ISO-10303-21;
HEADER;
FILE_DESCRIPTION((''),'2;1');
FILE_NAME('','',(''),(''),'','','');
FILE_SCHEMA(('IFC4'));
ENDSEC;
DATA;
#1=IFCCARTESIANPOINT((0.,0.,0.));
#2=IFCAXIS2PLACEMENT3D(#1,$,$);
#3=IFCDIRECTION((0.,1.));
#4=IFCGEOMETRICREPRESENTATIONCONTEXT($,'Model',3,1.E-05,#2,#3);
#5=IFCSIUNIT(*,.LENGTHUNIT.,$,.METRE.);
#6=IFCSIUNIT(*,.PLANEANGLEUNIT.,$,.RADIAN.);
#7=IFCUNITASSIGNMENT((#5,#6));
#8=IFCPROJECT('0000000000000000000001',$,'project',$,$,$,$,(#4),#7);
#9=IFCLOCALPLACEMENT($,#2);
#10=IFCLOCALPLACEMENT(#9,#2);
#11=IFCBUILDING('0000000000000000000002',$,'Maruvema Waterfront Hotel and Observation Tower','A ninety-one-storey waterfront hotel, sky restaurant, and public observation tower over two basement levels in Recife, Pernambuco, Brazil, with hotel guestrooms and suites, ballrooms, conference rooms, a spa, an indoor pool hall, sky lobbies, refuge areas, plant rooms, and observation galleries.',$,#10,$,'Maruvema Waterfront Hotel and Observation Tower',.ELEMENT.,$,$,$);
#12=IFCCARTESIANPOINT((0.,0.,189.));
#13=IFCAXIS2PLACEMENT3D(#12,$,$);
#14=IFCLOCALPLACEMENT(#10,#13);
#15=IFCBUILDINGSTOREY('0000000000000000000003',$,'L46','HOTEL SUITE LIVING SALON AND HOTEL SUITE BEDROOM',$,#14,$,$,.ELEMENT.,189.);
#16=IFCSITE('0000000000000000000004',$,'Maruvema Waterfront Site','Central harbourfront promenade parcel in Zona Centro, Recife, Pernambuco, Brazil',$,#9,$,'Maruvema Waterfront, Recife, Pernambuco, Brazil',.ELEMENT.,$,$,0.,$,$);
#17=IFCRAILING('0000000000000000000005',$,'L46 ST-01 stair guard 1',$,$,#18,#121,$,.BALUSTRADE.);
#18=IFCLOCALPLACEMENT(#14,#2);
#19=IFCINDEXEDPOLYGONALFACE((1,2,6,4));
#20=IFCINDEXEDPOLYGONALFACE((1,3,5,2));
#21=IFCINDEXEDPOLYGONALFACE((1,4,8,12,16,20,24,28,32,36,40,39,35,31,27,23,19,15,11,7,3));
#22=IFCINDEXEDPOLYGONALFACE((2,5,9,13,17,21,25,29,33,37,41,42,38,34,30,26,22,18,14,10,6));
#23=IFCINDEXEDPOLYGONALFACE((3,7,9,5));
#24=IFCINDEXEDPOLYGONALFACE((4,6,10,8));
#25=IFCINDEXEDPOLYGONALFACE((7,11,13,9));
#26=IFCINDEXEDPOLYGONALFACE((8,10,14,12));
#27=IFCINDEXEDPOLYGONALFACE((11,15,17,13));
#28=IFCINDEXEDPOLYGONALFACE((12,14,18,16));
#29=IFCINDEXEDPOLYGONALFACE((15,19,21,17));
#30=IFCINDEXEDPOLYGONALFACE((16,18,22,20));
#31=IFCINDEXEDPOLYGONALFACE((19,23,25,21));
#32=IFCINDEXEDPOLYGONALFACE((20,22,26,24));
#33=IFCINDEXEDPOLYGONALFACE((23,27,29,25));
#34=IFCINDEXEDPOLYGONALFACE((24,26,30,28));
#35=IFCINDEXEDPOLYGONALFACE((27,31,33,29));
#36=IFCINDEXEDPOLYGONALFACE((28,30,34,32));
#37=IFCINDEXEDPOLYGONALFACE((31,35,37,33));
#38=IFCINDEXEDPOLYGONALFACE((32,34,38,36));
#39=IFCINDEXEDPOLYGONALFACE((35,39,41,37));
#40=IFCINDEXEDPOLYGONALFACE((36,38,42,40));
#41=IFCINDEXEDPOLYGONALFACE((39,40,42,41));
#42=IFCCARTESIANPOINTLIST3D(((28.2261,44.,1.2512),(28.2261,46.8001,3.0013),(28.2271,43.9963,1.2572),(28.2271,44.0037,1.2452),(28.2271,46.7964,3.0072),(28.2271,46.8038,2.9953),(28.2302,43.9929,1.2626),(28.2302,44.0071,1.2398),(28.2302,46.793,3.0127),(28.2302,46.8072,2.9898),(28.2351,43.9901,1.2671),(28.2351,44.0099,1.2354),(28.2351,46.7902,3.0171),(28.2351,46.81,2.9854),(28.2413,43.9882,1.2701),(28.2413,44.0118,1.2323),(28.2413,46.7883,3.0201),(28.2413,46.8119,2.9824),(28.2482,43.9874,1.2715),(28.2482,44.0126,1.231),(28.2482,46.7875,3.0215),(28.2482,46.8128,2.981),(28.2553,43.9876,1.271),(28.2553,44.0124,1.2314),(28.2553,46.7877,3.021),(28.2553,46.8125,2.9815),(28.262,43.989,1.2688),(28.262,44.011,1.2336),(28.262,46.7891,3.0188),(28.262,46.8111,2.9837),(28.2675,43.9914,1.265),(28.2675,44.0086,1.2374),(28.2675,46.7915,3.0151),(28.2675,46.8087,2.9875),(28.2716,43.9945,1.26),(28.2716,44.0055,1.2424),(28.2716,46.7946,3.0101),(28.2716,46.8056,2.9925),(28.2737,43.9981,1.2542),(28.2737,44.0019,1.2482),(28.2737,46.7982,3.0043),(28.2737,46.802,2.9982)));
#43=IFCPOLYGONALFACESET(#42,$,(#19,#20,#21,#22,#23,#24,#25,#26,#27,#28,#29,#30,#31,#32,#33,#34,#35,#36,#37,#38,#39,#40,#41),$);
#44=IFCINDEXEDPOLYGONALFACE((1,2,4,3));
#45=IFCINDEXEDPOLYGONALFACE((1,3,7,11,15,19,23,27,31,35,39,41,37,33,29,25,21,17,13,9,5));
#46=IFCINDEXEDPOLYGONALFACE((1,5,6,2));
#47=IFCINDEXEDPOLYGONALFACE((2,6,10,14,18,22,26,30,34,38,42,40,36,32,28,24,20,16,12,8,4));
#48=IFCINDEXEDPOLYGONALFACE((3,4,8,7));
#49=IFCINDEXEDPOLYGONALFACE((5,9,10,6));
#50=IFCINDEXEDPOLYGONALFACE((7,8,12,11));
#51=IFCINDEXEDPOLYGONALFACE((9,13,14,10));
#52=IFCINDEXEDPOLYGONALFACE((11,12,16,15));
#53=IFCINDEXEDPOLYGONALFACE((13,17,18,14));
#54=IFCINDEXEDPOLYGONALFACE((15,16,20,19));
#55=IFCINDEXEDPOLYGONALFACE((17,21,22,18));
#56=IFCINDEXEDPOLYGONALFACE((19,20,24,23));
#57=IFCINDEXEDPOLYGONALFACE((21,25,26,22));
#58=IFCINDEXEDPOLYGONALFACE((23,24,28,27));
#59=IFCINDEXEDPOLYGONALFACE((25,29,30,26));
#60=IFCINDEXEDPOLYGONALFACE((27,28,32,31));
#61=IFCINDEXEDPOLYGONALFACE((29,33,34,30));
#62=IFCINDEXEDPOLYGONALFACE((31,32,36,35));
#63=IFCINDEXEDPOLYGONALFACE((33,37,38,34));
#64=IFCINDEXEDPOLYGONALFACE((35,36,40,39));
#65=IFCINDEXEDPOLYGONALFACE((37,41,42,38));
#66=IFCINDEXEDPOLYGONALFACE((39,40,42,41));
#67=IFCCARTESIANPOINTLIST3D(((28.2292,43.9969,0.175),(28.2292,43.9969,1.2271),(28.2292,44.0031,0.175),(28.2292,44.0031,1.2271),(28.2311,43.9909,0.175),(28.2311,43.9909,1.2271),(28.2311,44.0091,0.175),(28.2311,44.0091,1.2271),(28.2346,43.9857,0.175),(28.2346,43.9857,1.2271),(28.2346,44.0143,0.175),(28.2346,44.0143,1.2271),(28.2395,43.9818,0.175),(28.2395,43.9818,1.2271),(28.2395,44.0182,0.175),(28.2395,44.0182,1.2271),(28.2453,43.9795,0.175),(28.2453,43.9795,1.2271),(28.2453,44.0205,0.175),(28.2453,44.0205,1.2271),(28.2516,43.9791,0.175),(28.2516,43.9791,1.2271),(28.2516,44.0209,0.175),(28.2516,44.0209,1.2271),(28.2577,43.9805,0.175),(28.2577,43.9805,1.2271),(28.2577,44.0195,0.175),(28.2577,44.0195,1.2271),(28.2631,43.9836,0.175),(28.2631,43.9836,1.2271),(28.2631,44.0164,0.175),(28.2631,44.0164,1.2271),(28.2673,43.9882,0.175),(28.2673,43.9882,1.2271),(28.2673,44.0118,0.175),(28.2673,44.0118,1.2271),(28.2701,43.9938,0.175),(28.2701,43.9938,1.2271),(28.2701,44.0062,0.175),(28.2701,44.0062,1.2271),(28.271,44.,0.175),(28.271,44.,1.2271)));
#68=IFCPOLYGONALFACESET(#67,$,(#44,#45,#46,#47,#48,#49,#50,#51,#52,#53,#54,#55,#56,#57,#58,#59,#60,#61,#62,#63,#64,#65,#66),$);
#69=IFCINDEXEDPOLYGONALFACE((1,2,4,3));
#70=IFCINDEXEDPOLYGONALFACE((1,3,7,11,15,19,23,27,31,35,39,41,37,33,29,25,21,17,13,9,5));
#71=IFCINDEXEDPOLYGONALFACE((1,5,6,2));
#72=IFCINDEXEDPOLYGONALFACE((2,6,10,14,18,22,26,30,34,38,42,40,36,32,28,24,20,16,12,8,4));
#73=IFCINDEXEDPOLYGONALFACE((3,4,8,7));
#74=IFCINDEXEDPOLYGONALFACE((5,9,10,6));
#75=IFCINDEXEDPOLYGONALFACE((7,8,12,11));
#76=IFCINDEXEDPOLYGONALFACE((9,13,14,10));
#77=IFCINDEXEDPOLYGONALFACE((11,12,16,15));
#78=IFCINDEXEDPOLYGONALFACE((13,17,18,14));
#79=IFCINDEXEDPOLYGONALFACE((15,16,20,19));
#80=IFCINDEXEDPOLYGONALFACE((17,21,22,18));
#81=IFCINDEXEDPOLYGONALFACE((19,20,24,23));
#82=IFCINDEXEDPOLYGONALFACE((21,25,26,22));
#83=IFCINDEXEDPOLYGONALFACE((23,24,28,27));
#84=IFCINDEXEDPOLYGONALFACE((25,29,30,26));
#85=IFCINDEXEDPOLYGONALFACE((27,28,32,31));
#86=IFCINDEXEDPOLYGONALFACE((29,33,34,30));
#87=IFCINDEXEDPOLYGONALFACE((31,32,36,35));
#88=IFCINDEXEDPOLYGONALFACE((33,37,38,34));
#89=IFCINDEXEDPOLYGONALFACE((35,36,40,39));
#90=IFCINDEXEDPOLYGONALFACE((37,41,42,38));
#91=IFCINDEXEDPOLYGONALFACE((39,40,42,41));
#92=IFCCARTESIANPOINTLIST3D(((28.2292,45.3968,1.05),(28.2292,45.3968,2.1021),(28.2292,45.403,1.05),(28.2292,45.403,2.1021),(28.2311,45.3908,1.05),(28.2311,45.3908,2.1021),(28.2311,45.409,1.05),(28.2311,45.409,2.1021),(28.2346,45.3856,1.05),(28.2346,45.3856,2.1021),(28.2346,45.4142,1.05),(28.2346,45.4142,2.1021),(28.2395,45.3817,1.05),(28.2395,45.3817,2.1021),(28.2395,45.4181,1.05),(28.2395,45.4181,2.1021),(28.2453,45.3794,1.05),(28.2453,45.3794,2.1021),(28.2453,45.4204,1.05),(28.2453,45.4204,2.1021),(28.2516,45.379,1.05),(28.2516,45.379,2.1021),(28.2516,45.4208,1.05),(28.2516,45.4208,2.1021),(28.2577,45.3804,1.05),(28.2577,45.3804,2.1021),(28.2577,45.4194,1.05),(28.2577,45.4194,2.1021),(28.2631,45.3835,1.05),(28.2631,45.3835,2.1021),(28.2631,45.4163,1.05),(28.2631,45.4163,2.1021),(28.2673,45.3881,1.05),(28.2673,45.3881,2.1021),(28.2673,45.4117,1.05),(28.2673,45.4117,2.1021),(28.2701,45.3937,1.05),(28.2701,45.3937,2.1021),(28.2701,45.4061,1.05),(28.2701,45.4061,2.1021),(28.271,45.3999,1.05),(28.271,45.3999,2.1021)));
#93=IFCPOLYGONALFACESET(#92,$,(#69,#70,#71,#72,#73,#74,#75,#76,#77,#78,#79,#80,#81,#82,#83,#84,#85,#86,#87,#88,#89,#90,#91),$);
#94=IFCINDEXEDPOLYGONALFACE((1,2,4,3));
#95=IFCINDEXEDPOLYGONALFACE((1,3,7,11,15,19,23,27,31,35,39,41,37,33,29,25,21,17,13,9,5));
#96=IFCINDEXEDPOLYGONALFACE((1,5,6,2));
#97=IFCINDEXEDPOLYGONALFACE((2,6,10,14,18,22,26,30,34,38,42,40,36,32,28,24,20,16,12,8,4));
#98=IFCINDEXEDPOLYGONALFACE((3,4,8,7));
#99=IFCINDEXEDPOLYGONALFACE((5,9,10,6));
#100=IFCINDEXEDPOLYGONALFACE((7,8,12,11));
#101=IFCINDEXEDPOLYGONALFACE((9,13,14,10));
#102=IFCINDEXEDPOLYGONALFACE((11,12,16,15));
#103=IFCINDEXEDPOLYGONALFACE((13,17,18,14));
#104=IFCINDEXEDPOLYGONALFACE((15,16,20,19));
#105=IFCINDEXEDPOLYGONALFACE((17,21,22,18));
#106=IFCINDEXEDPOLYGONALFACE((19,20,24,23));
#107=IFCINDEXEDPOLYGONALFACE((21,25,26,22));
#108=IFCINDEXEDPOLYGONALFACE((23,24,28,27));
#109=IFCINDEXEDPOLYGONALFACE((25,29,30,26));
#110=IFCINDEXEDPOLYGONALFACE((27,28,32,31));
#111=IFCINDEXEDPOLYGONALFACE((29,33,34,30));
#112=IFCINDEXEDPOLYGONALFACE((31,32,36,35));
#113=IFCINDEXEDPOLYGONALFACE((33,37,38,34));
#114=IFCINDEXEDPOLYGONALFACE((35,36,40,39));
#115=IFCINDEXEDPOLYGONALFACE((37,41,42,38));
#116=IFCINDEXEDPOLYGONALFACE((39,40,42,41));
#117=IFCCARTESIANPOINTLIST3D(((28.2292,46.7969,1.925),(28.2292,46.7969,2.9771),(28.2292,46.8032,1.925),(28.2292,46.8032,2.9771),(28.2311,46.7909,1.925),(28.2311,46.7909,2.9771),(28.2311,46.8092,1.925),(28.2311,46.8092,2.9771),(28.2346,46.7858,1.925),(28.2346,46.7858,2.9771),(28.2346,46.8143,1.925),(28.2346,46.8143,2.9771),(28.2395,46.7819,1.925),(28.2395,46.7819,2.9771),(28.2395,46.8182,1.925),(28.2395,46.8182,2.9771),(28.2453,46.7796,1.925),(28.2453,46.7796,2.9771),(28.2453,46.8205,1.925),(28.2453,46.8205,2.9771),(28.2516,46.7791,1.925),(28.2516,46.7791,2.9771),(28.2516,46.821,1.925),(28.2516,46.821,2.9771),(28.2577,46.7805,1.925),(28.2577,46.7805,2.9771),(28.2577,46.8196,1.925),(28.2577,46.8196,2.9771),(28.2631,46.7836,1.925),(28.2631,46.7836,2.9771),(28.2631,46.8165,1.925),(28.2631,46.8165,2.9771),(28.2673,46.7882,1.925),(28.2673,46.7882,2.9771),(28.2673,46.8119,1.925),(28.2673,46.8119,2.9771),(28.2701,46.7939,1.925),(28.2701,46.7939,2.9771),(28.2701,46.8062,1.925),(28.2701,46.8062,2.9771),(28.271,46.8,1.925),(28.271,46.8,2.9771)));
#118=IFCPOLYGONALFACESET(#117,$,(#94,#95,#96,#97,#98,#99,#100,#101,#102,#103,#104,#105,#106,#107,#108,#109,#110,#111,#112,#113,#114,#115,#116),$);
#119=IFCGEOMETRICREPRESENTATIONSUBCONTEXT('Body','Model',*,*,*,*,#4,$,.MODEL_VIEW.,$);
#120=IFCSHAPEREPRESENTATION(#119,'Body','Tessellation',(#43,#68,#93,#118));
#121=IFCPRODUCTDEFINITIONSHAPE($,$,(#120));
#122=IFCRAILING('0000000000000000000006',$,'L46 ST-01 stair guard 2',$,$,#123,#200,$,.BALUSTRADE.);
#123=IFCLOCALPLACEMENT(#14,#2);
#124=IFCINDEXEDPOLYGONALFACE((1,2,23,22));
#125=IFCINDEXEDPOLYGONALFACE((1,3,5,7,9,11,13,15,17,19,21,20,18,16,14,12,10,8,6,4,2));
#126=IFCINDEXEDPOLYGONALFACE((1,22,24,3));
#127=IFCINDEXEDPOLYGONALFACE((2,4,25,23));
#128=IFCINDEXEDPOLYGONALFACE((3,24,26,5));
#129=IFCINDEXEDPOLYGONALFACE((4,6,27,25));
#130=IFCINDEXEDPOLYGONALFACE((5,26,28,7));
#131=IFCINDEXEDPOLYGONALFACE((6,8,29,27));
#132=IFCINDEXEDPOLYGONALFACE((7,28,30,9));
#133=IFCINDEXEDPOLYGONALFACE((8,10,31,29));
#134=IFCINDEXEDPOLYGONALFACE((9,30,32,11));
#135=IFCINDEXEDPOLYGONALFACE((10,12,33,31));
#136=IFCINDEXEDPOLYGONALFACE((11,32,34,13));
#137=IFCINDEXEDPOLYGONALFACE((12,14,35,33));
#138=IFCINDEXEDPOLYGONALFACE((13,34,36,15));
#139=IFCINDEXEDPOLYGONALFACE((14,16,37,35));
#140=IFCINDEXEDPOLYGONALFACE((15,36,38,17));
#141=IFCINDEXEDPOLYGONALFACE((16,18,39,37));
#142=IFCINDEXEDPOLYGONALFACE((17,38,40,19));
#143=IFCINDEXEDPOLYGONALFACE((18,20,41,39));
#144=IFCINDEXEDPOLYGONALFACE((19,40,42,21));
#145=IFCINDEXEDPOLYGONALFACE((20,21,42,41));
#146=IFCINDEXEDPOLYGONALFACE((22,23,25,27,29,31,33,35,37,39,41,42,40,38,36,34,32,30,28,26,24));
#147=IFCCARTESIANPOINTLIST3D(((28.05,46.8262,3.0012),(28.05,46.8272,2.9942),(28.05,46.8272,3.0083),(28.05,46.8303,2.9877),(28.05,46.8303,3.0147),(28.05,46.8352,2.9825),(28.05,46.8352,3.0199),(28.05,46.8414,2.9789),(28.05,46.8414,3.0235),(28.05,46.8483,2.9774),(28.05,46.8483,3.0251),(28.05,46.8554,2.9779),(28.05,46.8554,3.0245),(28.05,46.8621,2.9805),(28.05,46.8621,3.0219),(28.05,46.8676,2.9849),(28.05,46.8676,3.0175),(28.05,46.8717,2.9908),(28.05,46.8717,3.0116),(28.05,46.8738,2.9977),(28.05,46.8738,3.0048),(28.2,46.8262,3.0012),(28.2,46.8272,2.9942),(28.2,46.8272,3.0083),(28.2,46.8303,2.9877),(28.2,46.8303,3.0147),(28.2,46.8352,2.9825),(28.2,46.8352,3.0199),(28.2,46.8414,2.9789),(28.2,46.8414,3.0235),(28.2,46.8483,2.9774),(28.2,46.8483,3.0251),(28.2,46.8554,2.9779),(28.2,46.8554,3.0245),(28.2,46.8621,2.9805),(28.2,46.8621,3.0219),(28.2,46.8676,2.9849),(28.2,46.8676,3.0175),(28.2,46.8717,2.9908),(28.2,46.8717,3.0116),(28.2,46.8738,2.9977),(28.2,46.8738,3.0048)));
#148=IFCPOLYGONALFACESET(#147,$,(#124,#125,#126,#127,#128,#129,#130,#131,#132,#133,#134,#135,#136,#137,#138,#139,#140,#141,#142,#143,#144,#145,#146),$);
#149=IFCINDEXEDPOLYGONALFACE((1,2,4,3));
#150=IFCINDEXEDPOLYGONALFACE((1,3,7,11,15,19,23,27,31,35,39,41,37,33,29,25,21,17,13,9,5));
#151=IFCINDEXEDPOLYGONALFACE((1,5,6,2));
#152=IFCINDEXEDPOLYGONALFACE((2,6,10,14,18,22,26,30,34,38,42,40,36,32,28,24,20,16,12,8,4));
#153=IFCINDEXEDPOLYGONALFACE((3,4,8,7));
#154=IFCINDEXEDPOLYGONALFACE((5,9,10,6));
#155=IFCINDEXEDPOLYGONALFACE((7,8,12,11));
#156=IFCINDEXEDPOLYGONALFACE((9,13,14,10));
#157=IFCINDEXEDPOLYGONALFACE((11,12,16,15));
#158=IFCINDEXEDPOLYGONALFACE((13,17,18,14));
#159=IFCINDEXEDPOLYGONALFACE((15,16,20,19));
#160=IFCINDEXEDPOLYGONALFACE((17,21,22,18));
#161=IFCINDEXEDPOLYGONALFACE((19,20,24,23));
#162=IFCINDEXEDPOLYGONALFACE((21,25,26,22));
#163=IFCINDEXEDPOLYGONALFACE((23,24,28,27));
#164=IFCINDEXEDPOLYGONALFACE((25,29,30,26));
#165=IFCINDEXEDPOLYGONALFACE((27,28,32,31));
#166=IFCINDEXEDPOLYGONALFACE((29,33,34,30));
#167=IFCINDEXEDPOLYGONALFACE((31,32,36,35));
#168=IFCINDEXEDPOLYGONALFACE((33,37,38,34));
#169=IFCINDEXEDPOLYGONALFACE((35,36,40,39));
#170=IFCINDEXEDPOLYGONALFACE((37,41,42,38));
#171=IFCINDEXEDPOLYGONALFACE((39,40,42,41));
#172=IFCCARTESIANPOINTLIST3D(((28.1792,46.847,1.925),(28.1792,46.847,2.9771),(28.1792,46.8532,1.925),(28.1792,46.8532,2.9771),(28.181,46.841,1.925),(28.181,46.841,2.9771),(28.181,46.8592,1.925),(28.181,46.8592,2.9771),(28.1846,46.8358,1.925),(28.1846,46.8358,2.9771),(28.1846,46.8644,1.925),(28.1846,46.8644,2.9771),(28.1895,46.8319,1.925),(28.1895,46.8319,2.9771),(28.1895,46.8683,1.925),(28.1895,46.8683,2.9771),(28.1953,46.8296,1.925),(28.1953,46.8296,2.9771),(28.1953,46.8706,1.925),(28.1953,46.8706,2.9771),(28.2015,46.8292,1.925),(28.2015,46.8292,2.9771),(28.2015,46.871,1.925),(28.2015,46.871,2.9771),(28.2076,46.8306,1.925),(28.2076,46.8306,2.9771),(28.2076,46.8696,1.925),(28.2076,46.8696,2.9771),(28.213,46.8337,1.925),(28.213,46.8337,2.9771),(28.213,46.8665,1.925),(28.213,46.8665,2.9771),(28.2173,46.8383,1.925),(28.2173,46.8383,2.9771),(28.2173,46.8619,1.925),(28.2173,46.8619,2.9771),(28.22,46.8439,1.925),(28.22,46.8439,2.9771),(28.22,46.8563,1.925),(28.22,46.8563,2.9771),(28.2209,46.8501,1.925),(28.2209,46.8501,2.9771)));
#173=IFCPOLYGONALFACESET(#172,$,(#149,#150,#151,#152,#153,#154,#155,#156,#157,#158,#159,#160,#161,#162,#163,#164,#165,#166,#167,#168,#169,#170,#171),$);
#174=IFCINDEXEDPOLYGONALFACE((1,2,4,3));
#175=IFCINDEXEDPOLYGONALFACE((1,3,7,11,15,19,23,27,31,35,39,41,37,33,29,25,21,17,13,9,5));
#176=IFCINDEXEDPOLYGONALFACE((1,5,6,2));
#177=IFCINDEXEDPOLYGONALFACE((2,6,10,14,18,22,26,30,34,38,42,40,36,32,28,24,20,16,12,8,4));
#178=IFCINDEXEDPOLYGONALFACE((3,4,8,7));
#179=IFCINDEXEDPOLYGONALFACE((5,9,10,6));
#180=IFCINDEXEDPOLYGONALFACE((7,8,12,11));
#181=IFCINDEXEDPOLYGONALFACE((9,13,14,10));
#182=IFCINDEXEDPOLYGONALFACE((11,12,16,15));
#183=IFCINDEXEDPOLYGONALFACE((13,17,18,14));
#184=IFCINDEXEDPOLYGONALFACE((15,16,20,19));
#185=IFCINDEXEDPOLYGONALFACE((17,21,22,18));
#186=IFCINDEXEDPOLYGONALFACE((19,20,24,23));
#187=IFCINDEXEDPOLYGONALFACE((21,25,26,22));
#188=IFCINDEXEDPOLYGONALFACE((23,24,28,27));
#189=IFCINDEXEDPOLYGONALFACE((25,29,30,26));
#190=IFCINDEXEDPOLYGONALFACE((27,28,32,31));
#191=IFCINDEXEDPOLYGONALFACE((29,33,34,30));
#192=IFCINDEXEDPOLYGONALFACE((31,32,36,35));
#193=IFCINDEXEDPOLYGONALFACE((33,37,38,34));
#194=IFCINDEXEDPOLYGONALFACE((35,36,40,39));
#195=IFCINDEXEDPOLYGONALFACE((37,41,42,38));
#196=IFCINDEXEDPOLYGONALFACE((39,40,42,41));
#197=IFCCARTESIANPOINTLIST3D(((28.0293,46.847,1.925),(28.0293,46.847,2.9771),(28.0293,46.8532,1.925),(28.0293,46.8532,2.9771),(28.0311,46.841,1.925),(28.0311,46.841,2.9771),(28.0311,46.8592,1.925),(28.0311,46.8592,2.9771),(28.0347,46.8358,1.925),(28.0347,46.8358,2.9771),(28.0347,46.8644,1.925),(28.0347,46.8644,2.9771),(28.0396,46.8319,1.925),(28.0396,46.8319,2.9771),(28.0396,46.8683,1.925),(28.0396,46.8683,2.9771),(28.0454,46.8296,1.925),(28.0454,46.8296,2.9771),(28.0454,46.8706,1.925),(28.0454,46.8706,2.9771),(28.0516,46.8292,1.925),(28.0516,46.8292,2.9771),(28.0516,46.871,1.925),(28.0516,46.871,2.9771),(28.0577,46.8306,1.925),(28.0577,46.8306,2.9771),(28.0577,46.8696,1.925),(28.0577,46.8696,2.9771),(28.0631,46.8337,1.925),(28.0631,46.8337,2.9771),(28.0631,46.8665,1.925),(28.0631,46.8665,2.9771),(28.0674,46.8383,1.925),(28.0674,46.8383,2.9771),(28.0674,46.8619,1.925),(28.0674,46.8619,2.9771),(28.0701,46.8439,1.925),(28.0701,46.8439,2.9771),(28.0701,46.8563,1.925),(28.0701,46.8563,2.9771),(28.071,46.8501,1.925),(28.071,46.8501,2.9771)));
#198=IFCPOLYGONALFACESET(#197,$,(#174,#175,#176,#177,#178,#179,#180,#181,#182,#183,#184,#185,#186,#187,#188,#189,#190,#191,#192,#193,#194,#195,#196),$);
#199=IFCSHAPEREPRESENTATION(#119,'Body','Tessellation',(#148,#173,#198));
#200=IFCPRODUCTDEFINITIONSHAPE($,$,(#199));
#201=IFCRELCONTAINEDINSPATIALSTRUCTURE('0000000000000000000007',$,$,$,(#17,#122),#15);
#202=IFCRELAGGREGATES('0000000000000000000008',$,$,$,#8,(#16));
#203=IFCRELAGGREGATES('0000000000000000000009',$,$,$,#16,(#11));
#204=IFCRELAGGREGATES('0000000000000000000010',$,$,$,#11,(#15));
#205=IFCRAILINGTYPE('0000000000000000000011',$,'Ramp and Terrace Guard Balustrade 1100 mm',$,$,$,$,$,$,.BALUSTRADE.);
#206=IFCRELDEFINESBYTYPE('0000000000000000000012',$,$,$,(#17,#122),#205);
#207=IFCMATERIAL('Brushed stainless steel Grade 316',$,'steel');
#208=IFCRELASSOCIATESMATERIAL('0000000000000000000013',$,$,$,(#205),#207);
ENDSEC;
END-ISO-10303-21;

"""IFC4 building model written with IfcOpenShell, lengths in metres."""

from ifc_helpers import new_model, si_unit, direction, frame, origin, origin_2d, place, context, subcontext, project, spatial, circle, extrude, material, type_object, element, save


model = new_model("IFC4")

# Units and contexts
model_context = context("Model", 3, precision=1e-05, world=origin(), true_north=direction((0.0, 1.0)))
body_context = subcontext(model_context, "Body", "Model", "MODEL_VIEW")
ifc_project = project(units=[si_unit("LENGTHUNIT", "METRE"), si_unit("PLANEANGLEUNIT", "RADIAN")], contexts=[model_context])

# Site, building, storey
site_placement = place(None, origin())
site = spatial("IfcSite", under=ifc_project, at=site_placement, Name="Maruvema Waterfront Site", Description="Central harbourfront promenade parcel in Zona Centro, Recife, Pernambuco, Brazil", LongName="Maruvema Waterfront, Recife, Pernambuco, Brazil", CompositionType="ELEMENT", RefElevation=0.0)
building_placement = place(site_placement, origin())
building = spatial("IfcBuilding", under=site, at=building_placement, Name="Maruvema Waterfront Hotel and Observation Tower", Description="A ninety-one-storey waterfront hotel, sky restaurant, and public observation tower over two basement levels in Recife, Pernambuco, Brazil, with hotel guestrooms and suites, ballrooms, conference rooms, a spa, an indoor pool hall, sky lobbies, refuge areas, plant rooms, and observation galleries.", LongName="Maruvema Waterfront Hotel and Observation Tower", CompositionType="ELEMENT")
storey_placement = place(building_placement, frame((0.0, 0.0, 189.0)))
storey = spatial("IfcBuildingStorey", under=building, at=storey_placement, Name="L46", Description="HOTEL SUITE LIVING SALON AND HOTEL SUITE BEDROOM", CompositionType="ELEMENT", Elevation=189.0)

# Railings
ifc_material_1 = material(Name="Brushed stainless steel Grade 316", Category="steel")
railing_type_1 = type_object("IfcRailingType", Name="Ramp and Terrace Guard Balustrade 1100 mm", PredefinedType="BALUSTRADE", material=ifc_material_1)
railing_1_placement = place(storey_placement, frame((28.25, 44.0, 0.175)))
element("IfcRailing", 1, at=railing_1_placement, inside=storey, type_object=railing_type_1, Name="L46 ST-01 stair guard 1", PredefinedType="BALUSTRADE", context=body_context, shape_type="SweptSolid", body=[
    extrude(circle(Radius=0.0239, at=origin_2d()), frame((0.0, 0.0, 1.0762), z_axis=(0.0, 0.848002, 0.529992), x_axis=(-1.0, 0.0, 0.0)), (0.0, 0.0, 1.0), 3.302),
    extrude(circle(Radius=0.021, at=origin_2d()), origin(), (0.0, 0.0, 1.0), 1.052),
    extrude(circle(Radius=0.021, at=origin_2d()), frame((0.0, 1.3999, 0.875)), (0.0, 0.0, 1.0), 1.052),
    extrude(circle(Radius=0.021, at=origin_2d()), frame((0.0, 2.8, 1.75)), (0.0, 0.0, 1.0), 1.052),
])
railing_2_placement = place(storey_placement, frame((28.2, 46.8501, 1.925)))
element("IfcRailing", 2, at=railing_2_placement, inside=storey, type_object=railing_type_1, Name="L46 ST-01 stair guard 2", PredefinedType="BALUSTRADE", context=body_context, shape_type="SweptSolid", body=[
    extrude(circle(Radius=0.0239, at=origin_2d()), frame((0.0, 0.0, 1.0762), z_axis=(-1.0, 0.0, 0.0), x_axis=(0.0, -1.0, 0.0)), (0.0, 0.0, 1.0), 0.1499),
    extrude(circle(Radius=0.021, at=origin_2d()), origin(), (0.0, 0.0, 1.0), 1.052),
    extrude(circle(Radius=0.021, at=origin_2d()), frame((-0.1499, 0.0, 0.0)), (0.0, 0.0, 1.0), 1.052),
])

save(model, "model.ifc")
